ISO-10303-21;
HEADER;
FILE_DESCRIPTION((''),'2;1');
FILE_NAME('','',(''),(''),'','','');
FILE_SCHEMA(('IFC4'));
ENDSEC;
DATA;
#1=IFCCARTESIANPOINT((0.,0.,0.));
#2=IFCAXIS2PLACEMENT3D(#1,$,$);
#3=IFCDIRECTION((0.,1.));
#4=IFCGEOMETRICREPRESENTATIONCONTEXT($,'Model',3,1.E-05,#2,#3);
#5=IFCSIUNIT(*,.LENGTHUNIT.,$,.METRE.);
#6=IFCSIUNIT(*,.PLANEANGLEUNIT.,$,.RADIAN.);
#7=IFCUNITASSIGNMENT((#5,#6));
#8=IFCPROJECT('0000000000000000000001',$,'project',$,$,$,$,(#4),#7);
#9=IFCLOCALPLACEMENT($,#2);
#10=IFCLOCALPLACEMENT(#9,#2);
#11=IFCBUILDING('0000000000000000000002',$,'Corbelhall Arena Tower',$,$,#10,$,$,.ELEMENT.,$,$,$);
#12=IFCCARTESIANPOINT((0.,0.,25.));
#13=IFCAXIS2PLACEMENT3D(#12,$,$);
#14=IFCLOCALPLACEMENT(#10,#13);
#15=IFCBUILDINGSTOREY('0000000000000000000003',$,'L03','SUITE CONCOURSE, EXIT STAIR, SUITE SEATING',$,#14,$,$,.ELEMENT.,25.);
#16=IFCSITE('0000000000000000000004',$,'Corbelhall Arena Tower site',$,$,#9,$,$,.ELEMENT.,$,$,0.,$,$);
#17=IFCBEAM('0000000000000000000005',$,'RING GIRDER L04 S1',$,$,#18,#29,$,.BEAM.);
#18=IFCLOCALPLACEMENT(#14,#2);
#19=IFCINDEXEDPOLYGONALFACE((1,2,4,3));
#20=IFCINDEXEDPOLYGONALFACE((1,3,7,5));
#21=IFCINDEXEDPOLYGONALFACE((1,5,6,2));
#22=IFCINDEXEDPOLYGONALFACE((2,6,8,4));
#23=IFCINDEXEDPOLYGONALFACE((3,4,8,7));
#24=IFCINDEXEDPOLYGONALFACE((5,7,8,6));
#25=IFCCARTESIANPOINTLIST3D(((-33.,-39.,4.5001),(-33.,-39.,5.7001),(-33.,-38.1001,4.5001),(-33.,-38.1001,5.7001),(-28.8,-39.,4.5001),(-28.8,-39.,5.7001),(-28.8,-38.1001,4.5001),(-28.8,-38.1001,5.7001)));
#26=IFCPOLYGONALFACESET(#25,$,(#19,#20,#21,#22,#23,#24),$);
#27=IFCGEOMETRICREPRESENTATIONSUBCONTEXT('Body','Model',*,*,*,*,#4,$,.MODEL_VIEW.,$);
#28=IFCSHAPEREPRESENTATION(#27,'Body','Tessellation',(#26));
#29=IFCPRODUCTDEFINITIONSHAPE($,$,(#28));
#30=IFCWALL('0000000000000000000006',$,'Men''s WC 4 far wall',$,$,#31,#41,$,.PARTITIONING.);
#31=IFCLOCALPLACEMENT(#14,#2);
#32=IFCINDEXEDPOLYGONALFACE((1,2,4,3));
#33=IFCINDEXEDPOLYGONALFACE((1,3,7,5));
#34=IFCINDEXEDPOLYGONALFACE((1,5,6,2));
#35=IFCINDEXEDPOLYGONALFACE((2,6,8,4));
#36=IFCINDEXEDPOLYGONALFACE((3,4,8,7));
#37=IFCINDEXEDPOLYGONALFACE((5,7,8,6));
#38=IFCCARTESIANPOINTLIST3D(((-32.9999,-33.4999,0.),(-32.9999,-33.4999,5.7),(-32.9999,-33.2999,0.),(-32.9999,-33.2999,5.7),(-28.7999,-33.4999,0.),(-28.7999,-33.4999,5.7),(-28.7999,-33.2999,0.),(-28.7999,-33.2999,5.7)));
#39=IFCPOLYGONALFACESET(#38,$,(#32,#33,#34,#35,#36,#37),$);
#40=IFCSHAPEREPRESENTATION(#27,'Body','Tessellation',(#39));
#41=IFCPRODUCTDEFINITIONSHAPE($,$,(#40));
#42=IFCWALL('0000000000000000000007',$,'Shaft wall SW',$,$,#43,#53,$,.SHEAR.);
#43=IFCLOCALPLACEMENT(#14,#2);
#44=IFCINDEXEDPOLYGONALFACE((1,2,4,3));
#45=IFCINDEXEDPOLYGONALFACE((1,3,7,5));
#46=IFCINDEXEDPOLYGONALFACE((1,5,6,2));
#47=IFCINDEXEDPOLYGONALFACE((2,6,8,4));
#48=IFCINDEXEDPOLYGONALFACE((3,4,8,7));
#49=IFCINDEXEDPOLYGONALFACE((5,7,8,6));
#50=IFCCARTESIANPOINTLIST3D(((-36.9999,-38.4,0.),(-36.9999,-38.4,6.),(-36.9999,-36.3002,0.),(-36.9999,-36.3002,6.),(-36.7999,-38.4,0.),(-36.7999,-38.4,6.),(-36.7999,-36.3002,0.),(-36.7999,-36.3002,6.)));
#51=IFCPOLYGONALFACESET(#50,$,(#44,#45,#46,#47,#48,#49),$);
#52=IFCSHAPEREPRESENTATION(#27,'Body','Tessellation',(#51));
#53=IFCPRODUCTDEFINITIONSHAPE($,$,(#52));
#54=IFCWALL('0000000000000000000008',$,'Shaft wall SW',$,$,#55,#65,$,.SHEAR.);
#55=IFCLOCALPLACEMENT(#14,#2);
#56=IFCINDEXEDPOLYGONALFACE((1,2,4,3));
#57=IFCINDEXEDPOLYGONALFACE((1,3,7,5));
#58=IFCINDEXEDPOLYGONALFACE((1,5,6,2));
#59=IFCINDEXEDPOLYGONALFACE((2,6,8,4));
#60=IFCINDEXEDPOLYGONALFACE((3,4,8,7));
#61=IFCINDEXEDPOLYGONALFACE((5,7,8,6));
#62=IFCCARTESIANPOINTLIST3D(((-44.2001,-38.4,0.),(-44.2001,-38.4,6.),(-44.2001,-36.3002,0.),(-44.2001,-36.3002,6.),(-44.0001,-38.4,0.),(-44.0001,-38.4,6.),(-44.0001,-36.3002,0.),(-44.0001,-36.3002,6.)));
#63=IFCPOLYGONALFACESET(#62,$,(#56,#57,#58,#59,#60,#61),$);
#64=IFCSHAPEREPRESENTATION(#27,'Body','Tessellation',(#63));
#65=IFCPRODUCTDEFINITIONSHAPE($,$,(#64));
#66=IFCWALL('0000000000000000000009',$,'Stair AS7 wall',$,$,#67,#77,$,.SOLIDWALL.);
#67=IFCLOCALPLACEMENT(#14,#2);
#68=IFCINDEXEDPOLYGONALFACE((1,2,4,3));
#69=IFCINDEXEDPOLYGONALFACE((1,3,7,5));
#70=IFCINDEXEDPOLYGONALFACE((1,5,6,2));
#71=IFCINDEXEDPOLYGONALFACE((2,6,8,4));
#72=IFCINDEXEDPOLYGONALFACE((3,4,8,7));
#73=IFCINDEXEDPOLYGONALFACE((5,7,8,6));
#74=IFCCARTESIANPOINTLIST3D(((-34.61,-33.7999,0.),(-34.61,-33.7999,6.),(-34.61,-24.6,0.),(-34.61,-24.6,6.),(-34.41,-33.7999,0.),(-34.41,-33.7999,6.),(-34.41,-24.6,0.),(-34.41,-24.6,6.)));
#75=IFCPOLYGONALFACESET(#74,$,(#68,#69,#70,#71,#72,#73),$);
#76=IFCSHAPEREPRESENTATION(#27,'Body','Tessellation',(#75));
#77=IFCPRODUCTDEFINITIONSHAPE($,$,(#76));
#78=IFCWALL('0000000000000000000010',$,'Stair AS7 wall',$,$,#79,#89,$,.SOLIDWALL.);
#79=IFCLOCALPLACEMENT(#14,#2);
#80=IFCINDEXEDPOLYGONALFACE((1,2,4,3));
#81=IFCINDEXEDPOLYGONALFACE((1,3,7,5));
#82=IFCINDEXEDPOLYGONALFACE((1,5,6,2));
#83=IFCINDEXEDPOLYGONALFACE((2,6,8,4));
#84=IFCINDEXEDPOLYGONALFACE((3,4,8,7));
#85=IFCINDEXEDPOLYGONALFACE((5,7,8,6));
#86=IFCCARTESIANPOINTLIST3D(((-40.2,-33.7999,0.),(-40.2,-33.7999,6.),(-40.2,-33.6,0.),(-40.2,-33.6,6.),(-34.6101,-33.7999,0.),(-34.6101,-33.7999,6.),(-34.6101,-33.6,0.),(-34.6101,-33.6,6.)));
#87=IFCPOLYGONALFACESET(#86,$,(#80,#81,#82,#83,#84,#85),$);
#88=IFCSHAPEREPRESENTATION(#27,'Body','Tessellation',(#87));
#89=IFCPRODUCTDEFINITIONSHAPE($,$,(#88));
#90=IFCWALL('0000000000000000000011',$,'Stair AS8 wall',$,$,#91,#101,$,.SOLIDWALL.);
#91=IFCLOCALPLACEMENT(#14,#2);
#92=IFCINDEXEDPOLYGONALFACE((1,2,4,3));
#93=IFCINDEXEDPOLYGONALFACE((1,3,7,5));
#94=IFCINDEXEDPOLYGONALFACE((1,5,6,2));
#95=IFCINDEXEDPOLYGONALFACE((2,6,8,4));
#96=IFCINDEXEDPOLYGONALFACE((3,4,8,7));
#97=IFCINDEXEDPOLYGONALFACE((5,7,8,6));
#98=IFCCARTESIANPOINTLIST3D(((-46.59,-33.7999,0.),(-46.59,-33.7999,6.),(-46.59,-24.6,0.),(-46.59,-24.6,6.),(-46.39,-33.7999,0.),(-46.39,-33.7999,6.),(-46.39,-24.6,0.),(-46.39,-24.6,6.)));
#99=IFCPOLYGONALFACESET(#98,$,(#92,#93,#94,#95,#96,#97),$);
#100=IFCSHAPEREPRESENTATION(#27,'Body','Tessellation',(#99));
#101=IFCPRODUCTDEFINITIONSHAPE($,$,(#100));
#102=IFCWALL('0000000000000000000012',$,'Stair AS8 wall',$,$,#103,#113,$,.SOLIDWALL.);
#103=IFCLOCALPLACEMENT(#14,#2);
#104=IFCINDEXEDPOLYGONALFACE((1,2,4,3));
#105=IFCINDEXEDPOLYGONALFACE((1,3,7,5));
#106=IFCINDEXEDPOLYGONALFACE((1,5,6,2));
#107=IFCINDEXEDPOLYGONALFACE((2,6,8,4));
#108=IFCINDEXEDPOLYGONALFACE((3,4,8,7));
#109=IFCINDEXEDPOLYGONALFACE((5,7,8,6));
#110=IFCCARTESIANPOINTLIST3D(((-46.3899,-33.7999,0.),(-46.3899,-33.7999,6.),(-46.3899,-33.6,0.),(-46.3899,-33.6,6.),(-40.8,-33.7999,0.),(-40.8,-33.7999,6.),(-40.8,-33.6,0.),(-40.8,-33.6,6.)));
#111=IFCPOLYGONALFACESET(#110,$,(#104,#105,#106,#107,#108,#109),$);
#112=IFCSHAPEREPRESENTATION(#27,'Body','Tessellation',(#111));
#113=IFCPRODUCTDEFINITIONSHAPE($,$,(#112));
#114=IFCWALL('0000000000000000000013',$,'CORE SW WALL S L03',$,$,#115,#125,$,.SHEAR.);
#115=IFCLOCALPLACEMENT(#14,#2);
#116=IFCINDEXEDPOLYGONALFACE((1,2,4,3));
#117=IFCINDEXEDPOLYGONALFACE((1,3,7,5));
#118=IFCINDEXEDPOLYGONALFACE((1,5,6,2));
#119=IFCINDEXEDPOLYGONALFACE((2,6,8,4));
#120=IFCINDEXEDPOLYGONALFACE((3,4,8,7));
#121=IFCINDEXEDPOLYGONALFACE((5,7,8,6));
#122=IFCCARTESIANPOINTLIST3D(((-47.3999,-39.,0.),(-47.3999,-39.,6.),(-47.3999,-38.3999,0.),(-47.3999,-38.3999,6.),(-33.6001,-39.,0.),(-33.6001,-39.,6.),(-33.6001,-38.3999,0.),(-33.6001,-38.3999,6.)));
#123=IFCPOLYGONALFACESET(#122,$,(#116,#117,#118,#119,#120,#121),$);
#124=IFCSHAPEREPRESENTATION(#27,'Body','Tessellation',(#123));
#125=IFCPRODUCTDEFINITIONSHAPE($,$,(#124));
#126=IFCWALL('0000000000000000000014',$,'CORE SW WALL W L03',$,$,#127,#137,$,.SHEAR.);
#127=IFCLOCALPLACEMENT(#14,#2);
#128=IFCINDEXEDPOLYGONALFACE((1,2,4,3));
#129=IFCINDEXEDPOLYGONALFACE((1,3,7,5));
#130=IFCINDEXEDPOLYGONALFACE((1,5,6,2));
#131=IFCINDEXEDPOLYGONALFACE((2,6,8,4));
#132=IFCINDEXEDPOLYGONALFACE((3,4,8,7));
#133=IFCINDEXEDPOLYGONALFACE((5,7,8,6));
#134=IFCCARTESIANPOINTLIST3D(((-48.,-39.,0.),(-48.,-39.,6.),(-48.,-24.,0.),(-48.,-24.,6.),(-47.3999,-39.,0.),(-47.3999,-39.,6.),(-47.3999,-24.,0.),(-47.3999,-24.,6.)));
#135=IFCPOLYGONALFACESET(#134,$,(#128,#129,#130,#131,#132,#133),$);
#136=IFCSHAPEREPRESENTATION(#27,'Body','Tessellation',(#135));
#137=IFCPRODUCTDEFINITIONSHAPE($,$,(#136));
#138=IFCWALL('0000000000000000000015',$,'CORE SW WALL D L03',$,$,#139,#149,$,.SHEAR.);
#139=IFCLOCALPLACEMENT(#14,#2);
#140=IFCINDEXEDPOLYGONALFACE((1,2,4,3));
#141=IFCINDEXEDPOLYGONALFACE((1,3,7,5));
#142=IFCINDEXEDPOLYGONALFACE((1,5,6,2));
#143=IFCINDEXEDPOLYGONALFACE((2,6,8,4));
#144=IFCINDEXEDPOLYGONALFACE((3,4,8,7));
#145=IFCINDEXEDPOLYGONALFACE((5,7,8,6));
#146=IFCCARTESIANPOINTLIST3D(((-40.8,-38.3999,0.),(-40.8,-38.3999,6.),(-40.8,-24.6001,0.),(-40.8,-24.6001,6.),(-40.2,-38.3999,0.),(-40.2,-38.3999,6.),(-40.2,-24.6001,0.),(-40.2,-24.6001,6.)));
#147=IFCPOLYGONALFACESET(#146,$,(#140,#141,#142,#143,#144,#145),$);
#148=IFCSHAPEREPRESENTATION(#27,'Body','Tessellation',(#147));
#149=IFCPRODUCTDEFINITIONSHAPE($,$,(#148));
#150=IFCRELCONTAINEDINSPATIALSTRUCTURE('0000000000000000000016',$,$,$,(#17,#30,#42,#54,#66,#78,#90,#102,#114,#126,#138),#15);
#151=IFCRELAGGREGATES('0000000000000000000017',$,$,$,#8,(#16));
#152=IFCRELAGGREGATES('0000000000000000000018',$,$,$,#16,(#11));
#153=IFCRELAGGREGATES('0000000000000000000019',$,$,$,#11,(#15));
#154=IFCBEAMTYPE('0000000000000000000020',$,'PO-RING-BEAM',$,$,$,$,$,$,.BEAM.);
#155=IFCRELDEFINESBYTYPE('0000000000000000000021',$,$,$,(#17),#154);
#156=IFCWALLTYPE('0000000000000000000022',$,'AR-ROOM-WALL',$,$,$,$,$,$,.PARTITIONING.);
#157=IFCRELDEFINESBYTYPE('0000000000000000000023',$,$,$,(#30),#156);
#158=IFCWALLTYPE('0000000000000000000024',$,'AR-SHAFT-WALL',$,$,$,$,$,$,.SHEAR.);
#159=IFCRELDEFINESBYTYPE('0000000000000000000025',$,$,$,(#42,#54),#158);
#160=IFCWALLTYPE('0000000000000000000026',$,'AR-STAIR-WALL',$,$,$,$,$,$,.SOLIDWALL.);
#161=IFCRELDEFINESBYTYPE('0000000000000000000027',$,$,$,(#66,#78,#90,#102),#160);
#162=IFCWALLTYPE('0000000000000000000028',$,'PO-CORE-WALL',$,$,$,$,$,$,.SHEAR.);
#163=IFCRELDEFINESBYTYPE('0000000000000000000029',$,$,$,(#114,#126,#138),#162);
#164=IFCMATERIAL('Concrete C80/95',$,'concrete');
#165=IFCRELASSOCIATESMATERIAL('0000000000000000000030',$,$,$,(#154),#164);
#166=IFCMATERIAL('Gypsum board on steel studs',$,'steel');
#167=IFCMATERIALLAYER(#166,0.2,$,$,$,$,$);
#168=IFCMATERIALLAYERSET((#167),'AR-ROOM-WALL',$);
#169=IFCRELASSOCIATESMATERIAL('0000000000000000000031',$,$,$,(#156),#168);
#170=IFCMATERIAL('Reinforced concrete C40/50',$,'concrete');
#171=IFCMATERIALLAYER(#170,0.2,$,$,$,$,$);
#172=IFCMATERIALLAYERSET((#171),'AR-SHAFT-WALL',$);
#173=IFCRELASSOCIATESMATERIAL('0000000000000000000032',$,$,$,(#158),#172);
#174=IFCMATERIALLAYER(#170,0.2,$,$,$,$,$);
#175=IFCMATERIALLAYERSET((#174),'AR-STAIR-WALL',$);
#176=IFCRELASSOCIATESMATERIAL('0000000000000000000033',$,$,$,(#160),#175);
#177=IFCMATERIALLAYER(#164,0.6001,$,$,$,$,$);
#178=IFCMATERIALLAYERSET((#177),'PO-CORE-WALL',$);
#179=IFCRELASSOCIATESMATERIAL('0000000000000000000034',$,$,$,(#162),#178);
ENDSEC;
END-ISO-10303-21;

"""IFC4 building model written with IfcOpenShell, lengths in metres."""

from ifc_helpers import new_model, si_unit, direction, frame, frame_2d, origin, origin_2d, place, context, subcontext, project, spatial, rectangle, extrude, material, layer, layer_set, material_profile, profile_set, type_object, element, save


model = new_model("IFC4")

# Units and contexts
model_context = context("Model", 3, precision=1e-05, world=origin(), true_north=direction((0.0, 1.0)))
body_context = subcontext(model_context, "Body", "Model", "MODEL_VIEW")
ifc_project = project(units=[si_unit("LENGTHUNIT", "METRE"), si_unit("PLANEANGLEUNIT", "RADIAN")], contexts=[model_context])

# Site, building, storey
site_placement = place(None, origin())
site = spatial("IfcSite", under=ifc_project, at=site_placement, Name="Corbelhall Arena Tower site", CompositionType="ELEMENT", RefElevation=0.0)
building_placement = place(site_placement, origin())
building = spatial("IfcBuilding", under=site, at=building_placement, Name="Corbelhall Arena Tower", CompositionType="ELEMENT")
storey_placement = place(building_placement, frame((0.0, 0.0, 25.0)))
storey = spatial("IfcBuildingStorey", under=building, at=storey_placement, Name="L03", Description="SUITE CONCOURSE, EXIT STAIR, SUITE SEATING", CompositionType="ELEMENT", Elevation=25.0)

# Beam
ifc_material_1 = material(Name="Concrete C80/95", Category="concrete")
ifc_material_profile = material_profile(ifc_material_1, rectangle(XDim=0.8999, YDim=1.2, at=origin_2d()))
ifc_profile_set = profile_set([ifc_material_profile], Name="Concrete C80/95")
beam_type = type_object("IfcBeamType", Name="PO-RING-BEAM", PredefinedType="BEAM", material=ifc_profile_set)
beam_placement = place(storey_placement, frame((-33.0, -38.55, 5.1001), z_axis=(1.0, 0.0, 0.0), x_axis=(0.0, 1.0, 0.0)))
element("IfcBeam", 1, at=beam_placement, inside=storey, type_object=beam_type, Name="RING GIRDER L04 S1", PredefinedType="BEAM", context=body_context, shape_type="SweptSolid", body=[
    extrude(rectangle(XDim=0.8999, YDim=1.2, at=origin_2d()), origin(), (0.0, 0.0, 1.0), 4.2),
])

# Shared definitions
ifc_material_2 = material(Name="Gypsum board on steel studs", Category="steel")
ifc_layer_1 = layer(ifc_material_2, 0.2)
ifc_layer_set_1 = layer_set([ifc_layer_1], Name="AR-ROOM-WALL")
wall_type_1 = type_object("IfcWallType", Name="AR-ROOM-WALL", PredefinedType="PARTITIONING", material=ifc_layer_set_1)

# Wall
wall_1_placement = place(storey_placement, frame((-33.0, -33.3999, 0.0), z_axis=(0.0, 0.0, 1.0), x_axis=(1.0, 0.0, 0.0)))
element("IfcWall", 2, at=wall_1_placement, inside=storey, type_object=wall_type_1, Name="Men's WC 4 far wall", PredefinedType="PARTITIONING", context=body_context, shape_type="SweptSolid", body=[
    extrude(rectangle(XDim=4.2, YDim=0.2, at=frame_2d((2.1001, 0.0))), origin(), (0.0, 0.0, 1.0), 5.7),
])

# Shared definitions
ifc_material_3 = material(Name="Reinforced concrete C40/50", Category="concrete")
ifc_layer_2 = layer(ifc_material_3, 0.2)
ifc_layer_set_2 = layer_set([ifc_layer_2], Name="AR-SHAFT-WALL")
wall_type_2 = type_object("IfcWallType", Name="AR-SHAFT-WALL", PredefinedType="SHEAR", material=ifc_layer_set_2)

# Walls
for number, where, z_axis, x_axis, name in (
    (3, (-36.8999, -38.3999, 0.0), (0.0, 0.0, 1.0), (0.0, 1.0, 0.0), "Shaft wall SW"),
    (4, (-44.1001, -38.3999, 0.0), (0.0, 0.0, 1.0), (0.0, 1.0, 0.0), "Shaft wall SW"),
):
    element("IfcWall", number, at=place(storey_placement, frame(where, z_axis=z_axis, x_axis=x_axis)), inside=storey, type_object=wall_type_2, Name=name, PredefinedType="SHEAR", context=body_context, shape_type="SweptSolid", body=[
        extrude(rectangle(XDim=2.0999, YDim=0.2, at=frame_2d((1.0498, 0.0))), origin(), (0.0, 0.0, 1.0), 6.0),
    ])
ifc_layer_3 = layer(ifc_material_3, 0.2)
ifc_layer_set_3 = layer_set([ifc_layer_3], Name="AR-STAIR-WALL")
wall_type_3 = type_object("IfcWallType", Name="AR-STAIR-WALL", PredefinedType="SOLIDWALL", material=ifc_layer_set_3)
wall_2_placement = place(storey_placement, frame((-34.51, -33.8, 0.0), z_axis=(0.0, 0.0, 1.0), x_axis=(0.0, 1.0, 0.0)))
element("IfcWall", 5, at=wall_2_placement, inside=storey, type_object=wall_type_3, Name="Stair AS7 wall", PredefinedType="SOLIDWALL", context=body_context, shape_type="SweptSolid", body=[
    extrude(rectangle(XDim=9.2, YDim=0.2, at=frame_2d((4.6001, 0.0))), origin(), (0.0, 0.0, 1.0), 6.0),
])
wall_3_placement = place(storey_placement, frame((-40.2, -33.7, 0.0), z_axis=(0.0, 0.0, 1.0), x_axis=(1.0, 0.0, 0.0)))
element("IfcWall", 6, at=wall_3_placement, inside=storey, type_object=wall_type_3, Name="Stair AS7 wall", PredefinedType="SOLIDWALL", context=body_context, shape_type="SweptSolid", body=[
    extrude(rectangle(XDim=5.5898, YDim=0.2, at=frame_2d((2.7949, 0.0))), origin(), (0.0, 0.0, 1.0), 6.0),
])
wall_4_placement = place(storey_placement, frame((-46.49, -33.8, 0.0), z_axis=(0.0, 0.0, 1.0), x_axis=(0.0, 1.0, 0.0)))
element("IfcWall", 7, at=wall_4_placement, inside=storey, type_object=wall_type_3, Name="Stair AS8 wall", PredefinedType="SOLIDWALL", context=body_context, shape_type="SweptSolid", body=[
    extrude(rectangle(XDim=9.2, YDim=0.2, at=frame_2d((4.6001, 0.0))), origin(), (0.0, 0.0, 1.0), 6.0),
])
wall_5_placement = place(storey_placement, frame((-46.3899, -33.7, 0.0), z_axis=(0.0, 0.0, 1.0), x_axis=(1.0, 0.0, 0.0)))
element("IfcWall", 8, at=wall_5_placement, inside=storey, type_object=wall_type_3, Name="Stair AS8 wall", PredefinedType="SOLIDWALL", context=body_context, shape_type="SweptSolid", body=[
    extrude(rectangle(XDim=5.5898, YDim=0.2, at=frame_2d((2.7949, 0.0))), origin(), (0.0, 0.0, 1.0), 6.0),
])
ifc_layer_4 = layer(ifc_material_1, 0.6001)
ifc_layer_set_4 = layer_set([ifc_layer_4], Name="PO-CORE-WALL")
wall_type_4 = type_object("IfcWallType", Name="PO-CORE-WALL", PredefinedType="SHEAR", material=ifc_layer_set_4)
wall_6_placement = place(storey_placement, frame((-47.3999, -38.7, 0.0), z_axis=(0.0, 0.0, 1.0), x_axis=(1.0, 0.0, 0.0)))
element("IfcWall", 9, at=wall_6_placement, inside=storey, type_object=wall_type_4, Name="CORE SW WALL S L03", PredefinedType="SHEAR", context=body_context, shape_type="SweptSolid", body=[
    extrude(rectangle(XDim=13.7998, YDim=0.6001, at=frame_2d((6.8999, 0.0))), origin(), (0.0, 0.0, 1.0), 6.0),
])
wall_7_placement = place(storey_placement, frame((-47.7, -39.0, 0.0), z_axis=(0.0, 0.0, 1.0), x_axis=(0.0, 1.0, 0.0)))
element("IfcWall", 10, at=wall_7_placement, inside=storey, type_object=wall_type_4, Name="CORE SW WALL W L03", PredefinedType="SHEAR", context=body_context, shape_type="SweptSolid", body=[
    extrude(rectangle(XDim=15.0, YDim=0.6001, at=frame_2d((7.5, 0.0))), origin(), (0.0, 0.0, 1.0), 6.0),
])

# Wall
wall_8_placement = place(storey_placement, frame((-40.5, -38.3999, 0.0), z_axis=(0.0, 0.0, 1.0), x_axis=(0.0, 1.0, 0.0)))
element("IfcWall", 11, at=wall_8_placement, inside=storey, type_object=wall_type_4, Name="CORE SW WALL D L03", PredefinedType="SHEAR", context=body_context, shape_type="SweptSolid", body=[
    extrude(rectangle(XDim=13.7998, YDim=0.6001, at=frame_2d((6.8999, 0.0))), origin(), (0.0, 0.0, 1.0), 6.0),
])

save(model, "model.ifc")
